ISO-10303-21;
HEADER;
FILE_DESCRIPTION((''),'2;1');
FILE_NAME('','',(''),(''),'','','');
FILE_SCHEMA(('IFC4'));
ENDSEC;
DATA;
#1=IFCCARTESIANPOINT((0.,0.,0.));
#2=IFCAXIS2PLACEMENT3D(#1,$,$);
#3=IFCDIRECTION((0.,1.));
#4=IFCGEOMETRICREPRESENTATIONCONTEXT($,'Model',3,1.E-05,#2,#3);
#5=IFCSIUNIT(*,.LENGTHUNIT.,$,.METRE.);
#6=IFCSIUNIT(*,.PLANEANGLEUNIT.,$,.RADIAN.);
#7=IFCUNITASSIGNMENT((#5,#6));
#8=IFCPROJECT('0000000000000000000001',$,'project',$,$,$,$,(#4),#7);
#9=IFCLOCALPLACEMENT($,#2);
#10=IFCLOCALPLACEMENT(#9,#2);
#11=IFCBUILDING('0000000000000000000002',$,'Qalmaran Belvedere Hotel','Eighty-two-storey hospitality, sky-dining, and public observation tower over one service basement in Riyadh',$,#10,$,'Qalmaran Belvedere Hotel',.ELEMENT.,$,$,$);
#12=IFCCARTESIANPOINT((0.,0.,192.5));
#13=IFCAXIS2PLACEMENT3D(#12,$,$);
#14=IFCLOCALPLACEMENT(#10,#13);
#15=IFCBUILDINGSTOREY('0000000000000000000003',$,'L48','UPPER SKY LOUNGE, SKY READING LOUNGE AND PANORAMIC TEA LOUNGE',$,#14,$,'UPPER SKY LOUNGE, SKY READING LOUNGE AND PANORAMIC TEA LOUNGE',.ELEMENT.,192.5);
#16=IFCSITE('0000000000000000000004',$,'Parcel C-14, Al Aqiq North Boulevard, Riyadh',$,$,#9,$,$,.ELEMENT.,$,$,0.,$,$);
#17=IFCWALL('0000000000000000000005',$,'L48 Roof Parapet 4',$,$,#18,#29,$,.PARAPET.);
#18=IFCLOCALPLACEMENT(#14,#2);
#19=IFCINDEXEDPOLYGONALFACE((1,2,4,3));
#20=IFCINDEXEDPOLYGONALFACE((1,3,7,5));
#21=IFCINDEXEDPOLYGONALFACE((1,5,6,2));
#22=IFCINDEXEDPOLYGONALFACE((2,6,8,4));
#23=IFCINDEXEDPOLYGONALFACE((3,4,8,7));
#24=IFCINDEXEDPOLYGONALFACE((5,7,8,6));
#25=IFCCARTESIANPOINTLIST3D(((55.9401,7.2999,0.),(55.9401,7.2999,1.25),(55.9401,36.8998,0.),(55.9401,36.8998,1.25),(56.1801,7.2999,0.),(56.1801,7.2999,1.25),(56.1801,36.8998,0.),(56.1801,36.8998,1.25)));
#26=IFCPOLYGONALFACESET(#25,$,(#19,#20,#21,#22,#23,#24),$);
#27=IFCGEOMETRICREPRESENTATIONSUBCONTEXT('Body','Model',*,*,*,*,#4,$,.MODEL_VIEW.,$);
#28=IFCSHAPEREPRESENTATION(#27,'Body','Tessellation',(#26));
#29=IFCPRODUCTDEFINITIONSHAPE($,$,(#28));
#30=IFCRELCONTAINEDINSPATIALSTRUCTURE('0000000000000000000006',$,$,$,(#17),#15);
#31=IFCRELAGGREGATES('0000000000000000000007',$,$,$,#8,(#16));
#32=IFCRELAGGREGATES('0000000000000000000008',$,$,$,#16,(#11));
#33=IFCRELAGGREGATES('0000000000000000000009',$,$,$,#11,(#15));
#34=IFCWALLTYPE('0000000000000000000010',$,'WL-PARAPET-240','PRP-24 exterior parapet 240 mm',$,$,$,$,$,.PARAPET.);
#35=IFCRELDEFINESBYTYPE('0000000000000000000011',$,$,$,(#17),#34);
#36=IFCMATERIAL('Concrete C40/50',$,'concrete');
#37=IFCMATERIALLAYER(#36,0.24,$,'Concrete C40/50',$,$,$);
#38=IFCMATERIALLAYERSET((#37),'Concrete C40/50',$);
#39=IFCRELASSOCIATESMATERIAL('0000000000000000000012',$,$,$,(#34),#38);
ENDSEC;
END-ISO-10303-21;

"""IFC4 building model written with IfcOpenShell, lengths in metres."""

from ifc_helpers import new_model, si_unit, direction, frame, frame_2d, origin, place, context, subcontext, project, spatial, rectangle, extrude, material, layer, layer_set, type_object, element, save


model = new_model("IFC4")

# Units and contexts
model_context = context("Model", 3, precision=1e-05, world=origin(), true_north=direction((0.0, 1.0)))
body_context = subcontext(model_context, "Body", "Model", "MODEL_VIEW")
ifc_project = project(units=[si_unit("LENGTHUNIT", "METRE"), si_unit("PLANEANGLEUNIT", "RADIAN")], contexts=[model_context])

# Site, building, storey
site_placement = place(None, origin())
site = spatial("IfcSite", under=ifc_project, at=site_placement, Name="Parcel C-14, Al Aqiq North Boulevard, Riyadh", CompositionType="ELEMENT", RefElevation=0.0)
building_placement = place(site_placement, origin())
building = spatial("IfcBuilding", under=site, at=building_placement, Name="Qalmaran Belvedere Hotel", Description="Eighty-two-storey hospitality, sky-dining, and public observation tower over one service basement in Riyadh", LongName="Qalmaran Belvedere Hotel", CompositionType="ELEMENT")
storey_placement = place(building_placement, frame((0.0, 0.0, 192.5)))
storey = spatial("IfcBuildingStorey", under=building, at=storey_placement, Name="L48", Description="UPPER SKY LOUNGE, SKY READING LOUNGE AND PANORAMIC TEA LOUNGE", LongName="UPPER SKY LOUNGE, SKY READING LOUNGE AND PANORAMIC TEA LOUNGE", CompositionType="ELEMENT", Elevation=192.5)

# Wall
ifc_material_1 = material(Name="Concrete C40/50", Category="concrete")
ifc_layer_1 = layer(ifc_material_1, 0.24, Name="Concrete C40/50")
ifc_layer_set_1 = layer_set([ifc_layer_1], Name="Concrete C40/50")
wall_type_1 = type_object("IfcWallType", Name="WL-PARAPET-240", Description="PRP-24 exterior parapet 240 mm", PredefinedType="PARAPET", material=ifc_layer_set_1)
wall_1_placement = place(storey_placement, frame((56.0601, 7.3, 0.0), z_axis=(0.0, 0.0, 1.0), x_axis=(0.0, 1.0, 0.0)))
element("IfcWall", 1, at=wall_1_placement, inside=storey, type_object=wall_type_1, Name="L48 Roof Parapet 4", PredefinedType="PARAPET", context=body_context, shape_type="SweptSolid", body=[
    extrude(rectangle(XDim=29.5999, YDim=0.24, at=frame_2d((14.7998, 0.0))), origin(), (0.0, 0.0, 1.0), 1.25),
])

save(model, "model.ifc")
